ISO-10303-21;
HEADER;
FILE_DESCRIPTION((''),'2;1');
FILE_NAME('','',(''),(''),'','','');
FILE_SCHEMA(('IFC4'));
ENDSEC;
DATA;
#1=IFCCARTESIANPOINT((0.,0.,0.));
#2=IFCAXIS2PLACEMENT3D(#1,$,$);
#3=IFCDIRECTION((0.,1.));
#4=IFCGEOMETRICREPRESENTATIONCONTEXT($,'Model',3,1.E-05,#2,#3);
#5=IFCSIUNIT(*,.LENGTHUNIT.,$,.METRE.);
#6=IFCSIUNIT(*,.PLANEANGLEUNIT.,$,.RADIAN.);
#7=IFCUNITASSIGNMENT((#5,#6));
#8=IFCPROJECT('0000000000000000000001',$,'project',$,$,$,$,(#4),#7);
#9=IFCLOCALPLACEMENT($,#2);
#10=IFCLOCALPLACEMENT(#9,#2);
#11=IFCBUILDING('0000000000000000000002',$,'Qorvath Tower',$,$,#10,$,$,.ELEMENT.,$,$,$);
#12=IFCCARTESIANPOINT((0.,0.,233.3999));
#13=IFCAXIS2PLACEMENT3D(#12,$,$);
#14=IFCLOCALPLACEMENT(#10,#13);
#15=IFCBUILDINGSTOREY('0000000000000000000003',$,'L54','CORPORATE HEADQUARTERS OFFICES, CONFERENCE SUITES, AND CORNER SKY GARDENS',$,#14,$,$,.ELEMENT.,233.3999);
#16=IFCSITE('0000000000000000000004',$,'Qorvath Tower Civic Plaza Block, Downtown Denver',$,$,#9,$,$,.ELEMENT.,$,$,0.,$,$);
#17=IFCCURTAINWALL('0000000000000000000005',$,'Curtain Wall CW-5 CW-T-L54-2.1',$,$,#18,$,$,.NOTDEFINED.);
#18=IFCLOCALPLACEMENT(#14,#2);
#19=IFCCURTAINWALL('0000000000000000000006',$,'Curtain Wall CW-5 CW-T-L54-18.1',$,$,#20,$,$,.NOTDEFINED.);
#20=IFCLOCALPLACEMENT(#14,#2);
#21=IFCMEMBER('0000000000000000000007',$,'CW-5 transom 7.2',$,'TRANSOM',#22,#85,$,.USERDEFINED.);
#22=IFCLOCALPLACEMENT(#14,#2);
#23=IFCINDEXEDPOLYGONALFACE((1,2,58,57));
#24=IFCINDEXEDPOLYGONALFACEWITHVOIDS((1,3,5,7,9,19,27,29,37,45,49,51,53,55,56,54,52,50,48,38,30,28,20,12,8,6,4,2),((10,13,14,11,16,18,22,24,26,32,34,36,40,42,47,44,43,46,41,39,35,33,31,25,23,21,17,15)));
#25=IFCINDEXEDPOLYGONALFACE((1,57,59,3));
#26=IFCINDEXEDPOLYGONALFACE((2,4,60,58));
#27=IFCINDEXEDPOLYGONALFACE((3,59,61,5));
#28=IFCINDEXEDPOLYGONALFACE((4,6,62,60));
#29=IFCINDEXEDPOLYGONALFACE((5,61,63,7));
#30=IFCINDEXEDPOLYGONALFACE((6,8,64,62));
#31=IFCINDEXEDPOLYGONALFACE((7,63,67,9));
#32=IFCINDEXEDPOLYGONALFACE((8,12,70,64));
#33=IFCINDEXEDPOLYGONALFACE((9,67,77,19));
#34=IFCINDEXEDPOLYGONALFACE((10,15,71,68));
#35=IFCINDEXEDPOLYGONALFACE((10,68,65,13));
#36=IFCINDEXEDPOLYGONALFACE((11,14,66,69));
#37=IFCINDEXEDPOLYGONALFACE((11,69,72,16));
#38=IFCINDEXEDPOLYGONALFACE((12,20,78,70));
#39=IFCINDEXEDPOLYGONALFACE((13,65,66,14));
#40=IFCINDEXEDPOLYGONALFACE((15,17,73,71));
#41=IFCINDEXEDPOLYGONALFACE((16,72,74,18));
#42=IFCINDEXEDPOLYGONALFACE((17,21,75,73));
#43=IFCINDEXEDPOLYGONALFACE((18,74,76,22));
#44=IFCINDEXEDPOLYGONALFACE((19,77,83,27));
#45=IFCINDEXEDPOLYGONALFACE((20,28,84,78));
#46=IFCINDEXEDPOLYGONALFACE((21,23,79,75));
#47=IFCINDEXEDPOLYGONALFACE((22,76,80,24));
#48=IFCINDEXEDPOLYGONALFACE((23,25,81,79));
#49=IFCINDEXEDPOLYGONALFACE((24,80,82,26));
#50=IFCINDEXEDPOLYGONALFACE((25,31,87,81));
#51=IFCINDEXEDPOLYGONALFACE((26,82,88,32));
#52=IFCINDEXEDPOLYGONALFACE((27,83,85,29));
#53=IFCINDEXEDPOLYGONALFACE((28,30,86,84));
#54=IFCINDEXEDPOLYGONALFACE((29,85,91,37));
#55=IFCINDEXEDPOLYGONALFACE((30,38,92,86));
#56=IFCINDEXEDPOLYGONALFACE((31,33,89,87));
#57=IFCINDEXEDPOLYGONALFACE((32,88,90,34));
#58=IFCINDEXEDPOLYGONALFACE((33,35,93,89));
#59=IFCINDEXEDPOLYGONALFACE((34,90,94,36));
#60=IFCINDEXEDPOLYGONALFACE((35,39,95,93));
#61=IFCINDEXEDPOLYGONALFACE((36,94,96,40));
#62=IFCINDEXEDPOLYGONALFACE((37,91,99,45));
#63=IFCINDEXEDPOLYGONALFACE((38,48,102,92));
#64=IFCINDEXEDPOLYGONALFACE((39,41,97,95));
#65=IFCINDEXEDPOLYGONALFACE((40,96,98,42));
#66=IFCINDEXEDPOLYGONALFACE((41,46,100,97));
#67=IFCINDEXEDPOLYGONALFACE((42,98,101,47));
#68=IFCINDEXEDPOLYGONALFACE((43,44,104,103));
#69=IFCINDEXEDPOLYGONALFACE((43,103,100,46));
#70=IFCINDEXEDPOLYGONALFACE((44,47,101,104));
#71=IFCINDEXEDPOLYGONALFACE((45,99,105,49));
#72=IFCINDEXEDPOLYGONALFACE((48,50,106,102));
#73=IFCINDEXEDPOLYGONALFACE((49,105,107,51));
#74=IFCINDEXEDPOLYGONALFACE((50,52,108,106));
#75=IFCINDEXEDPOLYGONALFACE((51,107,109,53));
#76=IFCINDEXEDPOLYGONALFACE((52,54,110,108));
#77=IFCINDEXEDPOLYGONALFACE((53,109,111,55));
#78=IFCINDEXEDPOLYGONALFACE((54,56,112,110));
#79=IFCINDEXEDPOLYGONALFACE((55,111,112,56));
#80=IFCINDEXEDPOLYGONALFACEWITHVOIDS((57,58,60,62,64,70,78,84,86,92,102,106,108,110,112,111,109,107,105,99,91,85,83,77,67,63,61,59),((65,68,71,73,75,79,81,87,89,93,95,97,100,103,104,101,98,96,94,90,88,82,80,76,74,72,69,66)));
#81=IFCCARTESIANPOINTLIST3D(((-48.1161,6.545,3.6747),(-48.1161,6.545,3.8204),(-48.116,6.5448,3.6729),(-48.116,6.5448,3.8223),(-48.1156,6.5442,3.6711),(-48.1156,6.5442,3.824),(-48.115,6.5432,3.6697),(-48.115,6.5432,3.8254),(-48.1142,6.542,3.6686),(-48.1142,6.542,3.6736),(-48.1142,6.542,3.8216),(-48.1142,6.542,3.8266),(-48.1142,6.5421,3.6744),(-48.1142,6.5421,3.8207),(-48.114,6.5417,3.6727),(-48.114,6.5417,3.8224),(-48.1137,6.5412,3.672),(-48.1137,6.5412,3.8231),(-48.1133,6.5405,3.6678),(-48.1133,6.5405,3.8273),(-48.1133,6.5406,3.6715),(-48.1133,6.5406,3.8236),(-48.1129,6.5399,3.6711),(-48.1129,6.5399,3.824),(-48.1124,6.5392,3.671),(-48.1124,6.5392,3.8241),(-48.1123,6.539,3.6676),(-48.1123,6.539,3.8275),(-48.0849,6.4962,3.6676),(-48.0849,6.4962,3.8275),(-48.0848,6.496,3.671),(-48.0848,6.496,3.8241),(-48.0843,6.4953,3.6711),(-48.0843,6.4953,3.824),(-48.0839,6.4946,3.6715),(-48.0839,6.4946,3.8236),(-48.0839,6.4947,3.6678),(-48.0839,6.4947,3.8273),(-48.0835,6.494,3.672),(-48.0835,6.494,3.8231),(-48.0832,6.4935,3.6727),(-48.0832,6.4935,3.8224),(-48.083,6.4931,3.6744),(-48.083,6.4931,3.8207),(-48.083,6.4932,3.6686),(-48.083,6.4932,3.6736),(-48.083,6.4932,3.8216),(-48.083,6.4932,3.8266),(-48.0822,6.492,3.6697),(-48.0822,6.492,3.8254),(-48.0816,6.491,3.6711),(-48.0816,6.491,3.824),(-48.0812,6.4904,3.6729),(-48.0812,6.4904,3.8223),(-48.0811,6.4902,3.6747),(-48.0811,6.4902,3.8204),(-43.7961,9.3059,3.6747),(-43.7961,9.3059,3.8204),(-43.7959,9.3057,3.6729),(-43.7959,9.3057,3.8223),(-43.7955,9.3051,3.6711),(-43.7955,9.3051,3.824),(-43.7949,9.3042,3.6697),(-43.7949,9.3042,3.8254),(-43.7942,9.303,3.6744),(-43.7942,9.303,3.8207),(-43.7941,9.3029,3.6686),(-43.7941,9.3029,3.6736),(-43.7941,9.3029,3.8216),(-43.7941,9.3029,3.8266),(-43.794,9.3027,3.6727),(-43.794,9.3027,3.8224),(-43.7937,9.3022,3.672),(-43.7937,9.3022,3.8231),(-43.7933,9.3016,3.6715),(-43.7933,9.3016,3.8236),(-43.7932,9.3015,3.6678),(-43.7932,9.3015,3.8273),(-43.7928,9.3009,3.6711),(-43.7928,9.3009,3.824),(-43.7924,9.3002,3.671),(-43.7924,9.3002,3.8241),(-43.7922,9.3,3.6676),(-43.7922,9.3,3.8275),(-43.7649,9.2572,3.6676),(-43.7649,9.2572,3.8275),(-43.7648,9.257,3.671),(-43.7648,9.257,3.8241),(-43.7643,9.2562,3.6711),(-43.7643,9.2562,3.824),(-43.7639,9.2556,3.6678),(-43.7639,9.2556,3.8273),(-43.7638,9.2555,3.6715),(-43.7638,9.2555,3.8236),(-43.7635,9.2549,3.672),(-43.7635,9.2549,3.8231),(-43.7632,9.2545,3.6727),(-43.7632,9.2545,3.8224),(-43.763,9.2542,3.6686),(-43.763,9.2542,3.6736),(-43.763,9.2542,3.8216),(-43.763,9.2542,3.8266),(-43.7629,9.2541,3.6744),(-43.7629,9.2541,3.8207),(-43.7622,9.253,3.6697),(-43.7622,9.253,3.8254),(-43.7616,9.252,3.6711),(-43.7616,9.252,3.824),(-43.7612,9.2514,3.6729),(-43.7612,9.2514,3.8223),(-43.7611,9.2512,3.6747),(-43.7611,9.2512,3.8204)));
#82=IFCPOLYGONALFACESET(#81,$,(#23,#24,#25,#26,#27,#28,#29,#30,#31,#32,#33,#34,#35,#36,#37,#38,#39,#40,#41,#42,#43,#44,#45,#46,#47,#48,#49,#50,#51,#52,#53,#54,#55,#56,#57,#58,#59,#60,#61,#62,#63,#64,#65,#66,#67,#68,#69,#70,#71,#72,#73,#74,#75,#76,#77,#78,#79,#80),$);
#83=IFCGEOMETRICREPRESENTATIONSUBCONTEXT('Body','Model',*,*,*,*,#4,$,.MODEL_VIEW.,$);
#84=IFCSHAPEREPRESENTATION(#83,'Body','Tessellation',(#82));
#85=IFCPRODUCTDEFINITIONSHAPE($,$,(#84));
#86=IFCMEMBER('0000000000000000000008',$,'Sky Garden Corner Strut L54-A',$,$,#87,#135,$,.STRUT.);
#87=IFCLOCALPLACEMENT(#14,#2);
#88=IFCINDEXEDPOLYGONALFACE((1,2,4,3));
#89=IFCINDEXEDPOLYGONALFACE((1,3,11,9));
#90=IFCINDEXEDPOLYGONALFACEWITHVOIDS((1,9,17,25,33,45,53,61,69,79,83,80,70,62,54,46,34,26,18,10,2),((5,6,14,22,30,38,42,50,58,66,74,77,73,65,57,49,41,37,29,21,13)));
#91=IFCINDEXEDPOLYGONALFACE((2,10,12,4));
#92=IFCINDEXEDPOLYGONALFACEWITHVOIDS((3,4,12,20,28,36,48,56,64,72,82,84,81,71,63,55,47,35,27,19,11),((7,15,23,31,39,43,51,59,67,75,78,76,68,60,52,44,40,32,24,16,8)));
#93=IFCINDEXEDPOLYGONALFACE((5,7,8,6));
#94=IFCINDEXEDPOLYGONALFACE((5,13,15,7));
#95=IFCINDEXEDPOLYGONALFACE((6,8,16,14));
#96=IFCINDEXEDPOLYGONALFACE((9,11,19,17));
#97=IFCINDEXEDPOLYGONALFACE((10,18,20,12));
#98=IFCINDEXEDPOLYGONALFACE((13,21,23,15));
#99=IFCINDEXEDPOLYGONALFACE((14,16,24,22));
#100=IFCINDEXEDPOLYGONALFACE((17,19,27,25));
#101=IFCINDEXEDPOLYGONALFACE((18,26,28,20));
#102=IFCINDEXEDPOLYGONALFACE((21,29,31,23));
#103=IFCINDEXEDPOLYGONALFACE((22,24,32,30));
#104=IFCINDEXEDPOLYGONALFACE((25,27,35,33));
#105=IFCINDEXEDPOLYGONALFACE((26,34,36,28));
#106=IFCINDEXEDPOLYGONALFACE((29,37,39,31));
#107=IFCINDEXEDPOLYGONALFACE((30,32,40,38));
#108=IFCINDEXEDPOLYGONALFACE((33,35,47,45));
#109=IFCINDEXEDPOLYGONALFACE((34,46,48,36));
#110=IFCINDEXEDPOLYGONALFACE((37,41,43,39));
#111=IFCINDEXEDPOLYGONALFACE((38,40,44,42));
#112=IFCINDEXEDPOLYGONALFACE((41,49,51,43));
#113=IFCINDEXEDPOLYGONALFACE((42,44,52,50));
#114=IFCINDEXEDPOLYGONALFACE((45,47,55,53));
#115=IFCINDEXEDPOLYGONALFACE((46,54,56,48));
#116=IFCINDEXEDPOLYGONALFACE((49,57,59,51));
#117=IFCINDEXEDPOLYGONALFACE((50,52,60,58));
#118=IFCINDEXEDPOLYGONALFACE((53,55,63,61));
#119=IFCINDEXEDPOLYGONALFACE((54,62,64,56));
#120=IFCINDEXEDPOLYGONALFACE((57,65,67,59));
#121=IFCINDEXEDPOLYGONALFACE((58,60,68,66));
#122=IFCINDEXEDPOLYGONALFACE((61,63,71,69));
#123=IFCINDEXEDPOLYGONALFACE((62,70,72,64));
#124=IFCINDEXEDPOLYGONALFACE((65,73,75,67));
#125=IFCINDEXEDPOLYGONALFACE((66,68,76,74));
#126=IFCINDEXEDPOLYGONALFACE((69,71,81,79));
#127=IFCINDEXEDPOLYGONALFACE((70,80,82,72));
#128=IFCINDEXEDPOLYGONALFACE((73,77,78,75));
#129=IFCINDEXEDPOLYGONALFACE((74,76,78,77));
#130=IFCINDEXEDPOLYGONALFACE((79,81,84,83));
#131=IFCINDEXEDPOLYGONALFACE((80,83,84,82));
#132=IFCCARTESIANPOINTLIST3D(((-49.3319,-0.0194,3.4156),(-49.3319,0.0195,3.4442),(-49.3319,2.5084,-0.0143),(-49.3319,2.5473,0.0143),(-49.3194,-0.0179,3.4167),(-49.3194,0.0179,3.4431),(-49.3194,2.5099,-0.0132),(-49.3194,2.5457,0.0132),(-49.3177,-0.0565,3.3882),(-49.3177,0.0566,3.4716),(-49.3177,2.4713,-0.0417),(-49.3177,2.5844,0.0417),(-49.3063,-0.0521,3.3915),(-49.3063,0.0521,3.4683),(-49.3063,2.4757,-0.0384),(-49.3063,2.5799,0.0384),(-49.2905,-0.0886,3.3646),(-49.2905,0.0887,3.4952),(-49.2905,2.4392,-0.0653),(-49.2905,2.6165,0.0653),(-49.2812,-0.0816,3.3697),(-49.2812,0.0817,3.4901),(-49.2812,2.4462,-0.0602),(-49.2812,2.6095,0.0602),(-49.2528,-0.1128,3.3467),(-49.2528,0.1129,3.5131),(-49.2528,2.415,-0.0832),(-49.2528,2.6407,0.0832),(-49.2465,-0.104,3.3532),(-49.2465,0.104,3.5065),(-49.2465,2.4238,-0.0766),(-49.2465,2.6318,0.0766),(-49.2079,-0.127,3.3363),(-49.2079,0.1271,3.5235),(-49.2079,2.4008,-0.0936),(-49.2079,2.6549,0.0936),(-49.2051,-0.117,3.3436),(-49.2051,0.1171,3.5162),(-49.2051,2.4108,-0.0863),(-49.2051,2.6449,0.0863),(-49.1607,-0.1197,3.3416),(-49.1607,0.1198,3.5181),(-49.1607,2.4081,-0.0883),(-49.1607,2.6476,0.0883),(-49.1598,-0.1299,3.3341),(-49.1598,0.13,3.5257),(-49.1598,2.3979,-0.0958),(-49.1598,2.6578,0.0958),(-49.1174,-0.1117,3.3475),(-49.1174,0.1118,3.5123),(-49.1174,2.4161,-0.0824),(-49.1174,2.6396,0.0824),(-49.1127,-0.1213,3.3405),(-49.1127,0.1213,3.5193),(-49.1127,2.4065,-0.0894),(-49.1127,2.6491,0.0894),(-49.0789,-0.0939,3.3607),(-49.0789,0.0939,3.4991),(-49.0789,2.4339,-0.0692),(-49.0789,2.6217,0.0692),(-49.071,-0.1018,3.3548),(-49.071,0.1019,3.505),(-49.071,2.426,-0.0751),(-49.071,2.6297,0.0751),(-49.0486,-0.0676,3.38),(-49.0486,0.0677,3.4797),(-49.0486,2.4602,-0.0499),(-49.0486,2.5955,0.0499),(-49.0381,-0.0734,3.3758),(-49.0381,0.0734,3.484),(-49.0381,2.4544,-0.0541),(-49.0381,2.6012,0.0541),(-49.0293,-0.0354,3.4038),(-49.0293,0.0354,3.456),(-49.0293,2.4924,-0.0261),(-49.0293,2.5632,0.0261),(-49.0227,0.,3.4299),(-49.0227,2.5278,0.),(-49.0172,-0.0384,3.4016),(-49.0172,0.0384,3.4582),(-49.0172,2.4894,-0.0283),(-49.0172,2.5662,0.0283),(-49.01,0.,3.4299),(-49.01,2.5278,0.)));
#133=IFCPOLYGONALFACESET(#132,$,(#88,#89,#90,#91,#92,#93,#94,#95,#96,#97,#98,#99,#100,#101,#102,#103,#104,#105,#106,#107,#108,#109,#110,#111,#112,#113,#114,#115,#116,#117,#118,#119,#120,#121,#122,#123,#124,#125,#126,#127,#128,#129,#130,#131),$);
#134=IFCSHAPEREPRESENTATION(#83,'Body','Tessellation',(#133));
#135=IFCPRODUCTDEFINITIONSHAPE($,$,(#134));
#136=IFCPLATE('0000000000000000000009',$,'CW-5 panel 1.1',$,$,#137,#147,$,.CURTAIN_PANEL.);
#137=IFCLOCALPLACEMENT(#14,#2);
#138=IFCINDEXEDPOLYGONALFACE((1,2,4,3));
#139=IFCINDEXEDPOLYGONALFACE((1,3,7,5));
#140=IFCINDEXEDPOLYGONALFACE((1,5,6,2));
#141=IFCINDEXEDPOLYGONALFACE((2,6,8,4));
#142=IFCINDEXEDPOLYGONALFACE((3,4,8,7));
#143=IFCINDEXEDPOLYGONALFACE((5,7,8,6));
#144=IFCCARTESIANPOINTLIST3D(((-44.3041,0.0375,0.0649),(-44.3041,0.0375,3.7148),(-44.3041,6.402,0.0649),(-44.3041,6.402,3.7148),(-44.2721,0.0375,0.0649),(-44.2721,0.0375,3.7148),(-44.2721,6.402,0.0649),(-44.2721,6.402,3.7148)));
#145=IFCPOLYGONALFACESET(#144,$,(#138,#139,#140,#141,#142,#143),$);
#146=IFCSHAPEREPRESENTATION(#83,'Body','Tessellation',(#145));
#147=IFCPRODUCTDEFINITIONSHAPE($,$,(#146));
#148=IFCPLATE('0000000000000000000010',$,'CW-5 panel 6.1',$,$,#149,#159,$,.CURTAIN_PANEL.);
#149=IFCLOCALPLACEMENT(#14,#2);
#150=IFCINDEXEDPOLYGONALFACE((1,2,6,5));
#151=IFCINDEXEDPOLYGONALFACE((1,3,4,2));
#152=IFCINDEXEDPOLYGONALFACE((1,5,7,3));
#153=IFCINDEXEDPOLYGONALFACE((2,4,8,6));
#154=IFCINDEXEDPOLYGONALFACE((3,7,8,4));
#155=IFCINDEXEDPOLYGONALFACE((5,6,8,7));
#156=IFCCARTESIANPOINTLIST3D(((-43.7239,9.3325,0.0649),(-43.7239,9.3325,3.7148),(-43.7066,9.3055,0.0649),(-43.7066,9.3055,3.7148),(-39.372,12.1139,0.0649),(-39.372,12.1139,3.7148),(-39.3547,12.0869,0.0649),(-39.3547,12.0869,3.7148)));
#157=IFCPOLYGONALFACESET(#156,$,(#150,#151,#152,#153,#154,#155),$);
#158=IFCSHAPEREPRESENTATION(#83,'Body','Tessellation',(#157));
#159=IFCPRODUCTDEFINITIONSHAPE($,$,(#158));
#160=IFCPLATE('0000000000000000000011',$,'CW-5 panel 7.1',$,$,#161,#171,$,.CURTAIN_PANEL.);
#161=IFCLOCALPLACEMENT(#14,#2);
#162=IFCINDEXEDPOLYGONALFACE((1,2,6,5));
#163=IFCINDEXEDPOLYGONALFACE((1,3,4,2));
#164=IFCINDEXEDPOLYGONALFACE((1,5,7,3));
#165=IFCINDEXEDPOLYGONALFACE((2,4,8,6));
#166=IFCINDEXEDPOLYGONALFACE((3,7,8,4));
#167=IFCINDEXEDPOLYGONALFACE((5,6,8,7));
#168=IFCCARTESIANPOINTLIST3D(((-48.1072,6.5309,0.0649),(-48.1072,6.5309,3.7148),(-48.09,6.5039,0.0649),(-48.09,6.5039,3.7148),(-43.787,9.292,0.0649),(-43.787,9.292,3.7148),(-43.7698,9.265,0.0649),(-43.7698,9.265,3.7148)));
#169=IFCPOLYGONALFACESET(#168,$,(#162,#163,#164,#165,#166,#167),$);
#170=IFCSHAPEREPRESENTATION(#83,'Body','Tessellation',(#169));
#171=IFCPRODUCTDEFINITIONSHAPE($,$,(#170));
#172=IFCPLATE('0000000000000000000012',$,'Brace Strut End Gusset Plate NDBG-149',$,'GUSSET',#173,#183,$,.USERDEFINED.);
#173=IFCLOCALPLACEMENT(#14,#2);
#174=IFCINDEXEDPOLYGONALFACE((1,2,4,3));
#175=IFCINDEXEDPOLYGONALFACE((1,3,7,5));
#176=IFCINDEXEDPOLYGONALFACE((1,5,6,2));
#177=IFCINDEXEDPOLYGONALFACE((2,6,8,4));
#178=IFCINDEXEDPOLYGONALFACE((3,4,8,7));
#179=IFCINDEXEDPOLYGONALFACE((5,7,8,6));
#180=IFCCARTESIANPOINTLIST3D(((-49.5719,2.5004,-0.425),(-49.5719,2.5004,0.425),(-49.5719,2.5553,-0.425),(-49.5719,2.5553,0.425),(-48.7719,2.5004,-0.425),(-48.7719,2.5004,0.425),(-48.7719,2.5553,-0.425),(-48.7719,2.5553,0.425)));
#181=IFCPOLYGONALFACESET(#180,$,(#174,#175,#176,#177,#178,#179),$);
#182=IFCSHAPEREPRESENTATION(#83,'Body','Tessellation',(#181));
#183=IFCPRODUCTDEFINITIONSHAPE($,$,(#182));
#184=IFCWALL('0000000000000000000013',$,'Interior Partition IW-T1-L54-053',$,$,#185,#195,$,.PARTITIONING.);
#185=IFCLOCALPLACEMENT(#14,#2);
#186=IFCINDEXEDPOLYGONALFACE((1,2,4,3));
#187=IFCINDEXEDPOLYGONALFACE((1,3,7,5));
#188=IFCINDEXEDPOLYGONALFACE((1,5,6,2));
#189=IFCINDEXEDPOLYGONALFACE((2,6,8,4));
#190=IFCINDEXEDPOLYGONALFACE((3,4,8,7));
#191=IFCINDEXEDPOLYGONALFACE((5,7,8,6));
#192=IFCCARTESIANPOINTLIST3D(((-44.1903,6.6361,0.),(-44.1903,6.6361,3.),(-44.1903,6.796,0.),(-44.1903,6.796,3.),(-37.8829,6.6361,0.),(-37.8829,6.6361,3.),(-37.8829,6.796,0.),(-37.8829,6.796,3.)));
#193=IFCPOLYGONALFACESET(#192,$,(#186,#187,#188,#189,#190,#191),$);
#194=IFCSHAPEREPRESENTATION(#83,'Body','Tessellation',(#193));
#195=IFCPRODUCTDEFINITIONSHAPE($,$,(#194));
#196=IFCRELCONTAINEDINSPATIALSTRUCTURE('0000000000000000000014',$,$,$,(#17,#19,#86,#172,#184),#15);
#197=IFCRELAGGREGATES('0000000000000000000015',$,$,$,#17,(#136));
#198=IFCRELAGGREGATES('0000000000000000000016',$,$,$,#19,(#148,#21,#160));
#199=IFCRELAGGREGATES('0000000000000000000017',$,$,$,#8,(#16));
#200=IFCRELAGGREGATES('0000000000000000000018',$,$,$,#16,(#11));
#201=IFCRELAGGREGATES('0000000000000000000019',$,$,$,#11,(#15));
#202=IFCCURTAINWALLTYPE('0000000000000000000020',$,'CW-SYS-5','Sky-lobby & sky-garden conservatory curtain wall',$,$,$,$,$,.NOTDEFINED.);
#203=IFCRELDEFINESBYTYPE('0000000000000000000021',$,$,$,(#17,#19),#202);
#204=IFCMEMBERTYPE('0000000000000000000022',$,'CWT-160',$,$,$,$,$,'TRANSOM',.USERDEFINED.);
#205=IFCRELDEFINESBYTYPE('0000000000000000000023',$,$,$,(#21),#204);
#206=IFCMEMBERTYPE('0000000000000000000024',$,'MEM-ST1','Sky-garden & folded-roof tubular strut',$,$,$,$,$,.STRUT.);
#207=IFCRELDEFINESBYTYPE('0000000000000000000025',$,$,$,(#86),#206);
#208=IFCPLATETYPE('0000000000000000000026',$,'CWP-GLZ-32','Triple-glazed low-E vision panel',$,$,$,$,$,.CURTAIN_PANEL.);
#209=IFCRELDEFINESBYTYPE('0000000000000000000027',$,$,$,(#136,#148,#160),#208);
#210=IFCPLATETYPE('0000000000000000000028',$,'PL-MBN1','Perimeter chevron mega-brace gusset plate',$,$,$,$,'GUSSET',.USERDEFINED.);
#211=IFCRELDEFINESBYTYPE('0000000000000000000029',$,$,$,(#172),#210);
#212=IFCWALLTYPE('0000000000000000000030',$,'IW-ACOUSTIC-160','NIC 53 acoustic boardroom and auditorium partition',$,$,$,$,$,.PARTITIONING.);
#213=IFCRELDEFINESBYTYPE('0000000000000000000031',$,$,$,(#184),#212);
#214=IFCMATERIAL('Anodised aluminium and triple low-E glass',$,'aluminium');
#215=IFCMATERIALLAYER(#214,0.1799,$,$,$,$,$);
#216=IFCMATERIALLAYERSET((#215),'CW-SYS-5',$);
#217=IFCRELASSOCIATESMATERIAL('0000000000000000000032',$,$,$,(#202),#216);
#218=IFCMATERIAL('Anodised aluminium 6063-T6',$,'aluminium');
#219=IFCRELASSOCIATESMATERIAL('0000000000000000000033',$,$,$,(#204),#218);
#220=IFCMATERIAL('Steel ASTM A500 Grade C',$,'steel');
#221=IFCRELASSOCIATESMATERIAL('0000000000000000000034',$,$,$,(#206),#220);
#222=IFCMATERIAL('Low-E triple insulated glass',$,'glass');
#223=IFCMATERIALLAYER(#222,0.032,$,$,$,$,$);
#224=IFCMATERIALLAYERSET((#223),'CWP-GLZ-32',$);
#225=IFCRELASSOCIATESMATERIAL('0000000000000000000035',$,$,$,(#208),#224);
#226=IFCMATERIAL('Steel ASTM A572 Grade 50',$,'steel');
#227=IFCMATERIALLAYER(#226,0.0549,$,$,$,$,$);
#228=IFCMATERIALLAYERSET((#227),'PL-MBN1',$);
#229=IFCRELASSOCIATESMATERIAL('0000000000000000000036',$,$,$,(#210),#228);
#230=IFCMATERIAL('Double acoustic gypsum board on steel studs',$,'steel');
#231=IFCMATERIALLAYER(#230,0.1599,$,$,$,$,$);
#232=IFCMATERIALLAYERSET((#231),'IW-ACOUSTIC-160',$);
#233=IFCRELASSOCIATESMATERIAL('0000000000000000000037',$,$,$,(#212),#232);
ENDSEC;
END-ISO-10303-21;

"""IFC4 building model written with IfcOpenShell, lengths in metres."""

from ifc_helpers import new_model, si_unit, direction, frame, frame_2d, origin, origin_2d, place, context, subcontext, project, spatial, rectangle, hollow_rectangle, hollow_circle, extrude, material, layer, layer_set, material_profile, profile_set, type_object, element, aggregate, save


model = new_model("IFC4")

# Units and contexts
model_context = context("Model", 3, precision=1e-05, world=origin(), true_north=direction((0.0, 1.0)))
body_context = subcontext(model_context, "Body", "Model", "MODEL_VIEW")
ifc_project = project(units=[si_unit("LENGTHUNIT", "METRE"), si_unit("PLANEANGLEUNIT", "RADIAN")], contexts=[model_context])

# Site, building, storey
site_placement = place(None, origin())
site = spatial("IfcSite", under=ifc_project, at=site_placement, Name="Qorvath Tower Civic Plaza Block, Downtown Denver", CompositionType="ELEMENT", RefElevation=0.0)
building_placement = place(site_placement, origin())
building = spatial("IfcBuilding", under=site, at=building_placement, Name="Qorvath Tower", CompositionType="ELEMENT")
storey_placement = place(building_placement, frame((0.0, 0.0, 233.3999)))
storey = spatial("IfcBuildingStorey", under=building, at=storey_placement, Name="L54", Description="CORPORATE HEADQUARTERS OFFICES, CONFERENCE SUITES, AND CORNER SKY GARDENS", CompositionType="ELEMENT", Elevation=233.3999)

# Curtain walls
ifc_material_1 = material(Name="Anodised aluminium and triple low-E glass", Category="aluminium")
ifc_layer_1 = layer(ifc_material_1, 0.1799)
ifc_layer_set_1 = layer_set([ifc_layer_1], Name="CW-SYS-5")
curtain_wall_type = type_object("IfcCurtainWallType", Name="CW-SYS-5", Description="Sky-lobby & sky-garden conservatory curtain wall", PredefinedType="NOTDEFINED", material=ifc_layer_set_1)
curtain_wall_1_placement = place(storey_placement, origin())
curtain_wall_1 = element("IfcCurtainWall", 1, at=curtain_wall_1_placement, inside=storey, type_object=curtain_wall_type, Name="Curtain Wall CW-5 CW-T-L54-2.1", PredefinedType="NOTDEFINED")
curtain_wall_2_placement = place(storey_placement, origin())
curtain_wall_2 = element("IfcCurtainWall", 2, at=curtain_wall_2_placement, inside=storey, type_object=curtain_wall_type, Name="Curtain Wall CW-5 CW-T-L54-18.1", PredefinedType="NOTDEFINED")

# Members
ifc_material_2 = material(Name="Anodised aluminium 6063-T6", Category="aluminium")
ifc_material_profile_1 = material_profile(ifc_material_2, hollow_rectangle(XDim=0.0649, YDim=0.1599, WallThickness=0.0034, InnerFilletRadius=0.0034, OuterFilletRadius=0.0071, at=origin_2d()), Name="CWT 160x65")
ifc_profile_set_1 = profile_set([ifc_material_profile_1], Name="Anodised aluminium 6063-T6")
member_type_1 = type_object("IfcMemberType", Name="CWT-160", ElementType="TRANSOM", PredefinedType="USERDEFINED", material=ifc_profile_set_1)
member_1_placement = place(storey_placement, frame((-43.7786, 9.2786, 3.7476), z_axis=(-0.842613, -0.53852, 0.0), x_axis=(0.53852, -0.842613, 0.0)))
member_1 = element("IfcMember", 3, at=member_1_placement, type_object=member_type_1, Name="CW-5 transom 7.2", ObjectType="TRANSOM", PredefinedType="USERDEFINED", context=body_context, shape_type="SweptSolid", body=[
    extrude(hollow_rectangle(XDim=0.0649, YDim=0.1599, WallThickness=0.0034, InnerFilletRadius=0.0034, OuterFilletRadius=0.0071, at=origin_2d()), origin(), (0.0, 0.0, 1.0), 5.127),
])
ifc_material_3 = material(Name="Steel ASTM A500 Grade C", Category="steel")
ifc_material_profile_2 = material_profile(ifc_material_3, hollow_circle(Radius=0.1619, WallThickness=0.0127, at=origin_2d()), Name="CHS 324x12.7")
ifc_profile_set_2 = profile_set([ifc_material_profile_2], Name="Steel ASTM A500 Grade C")
member_type_2 = type_object("IfcMemberType", Name="MEM-ST1", Description="Sky-garden & folded-roof tubular strut", PredefinedType="STRUT", material=ifc_profile_set_2)
member_2_placement = place(storey_placement, frame((-49.1719, 2.5278, 0.0), z_axis=(0.0, -0.593277, 0.804998), x_axis=(1.0, 0.0, 0.0)))
element("IfcMember", 4, at=member_2_placement, inside=storey, type_object=member_type_2, Name="Sky Garden Corner Strut L54-A", PredefinedType="STRUT", context=body_context, shape_type="SweptSolid", body=[
    extrude(hollow_circle(Radius=0.1619, WallThickness=0.0127, at=origin_2d()), origin(), (0.0, 0.0, 1.0), 4.2607),
])

# Plates
ifc_material_4 = material(Name="Low-E triple insulated glass", Category="glass")
ifc_layer_2 = layer(ifc_material_4, 0.032)
ifc_layer_set_2 = layer_set([ifc_layer_2], Name="CWP-GLZ-32")
plate_type_1 = type_object("IfcPlateType", Name="CWP-GLZ-32", Description="Triple-glazed low-E vision panel", PredefinedType="CURTAIN_PANEL", material=ifc_layer_set_2)
plate_1_placement = place(storey_placement, frame((-44.2881, 3.2197, 0.0649), z_axis=(0.0, 0.0, 1.0), x_axis=(0.0, -1.0, 0.0)))
plate_1 = element("IfcPlate", 5, at=plate_1_placement, type_object=plate_type_1, Name="CW-5 panel 1.1", PredefinedType="CURTAIN_PANEL", context=body_context, shape_type="SweptSolid", body=[
    extrude(rectangle(XDim=6.3645, YDim=0.032, at=origin_2d()), origin(), (0.0, 0.0, 1.0), 3.6499),
])
aggregate(curtain_wall_1, [plate_1])
plate_2_placement = place(storey_placement, frame((-41.5393, 10.7097, 0.0649), z_axis=(0.0, 0.0, 1.0), x_axis=(-0.842607, -0.538528, 0.0)))
plate_2 = element("IfcPlate", 6, at=plate_2_placement, type_object=plate_type_1, Name="CW-5 panel 6.1", PredefinedType="CURTAIN_PANEL", context=body_context, shape_type="SweptSolid", body=[
    extrude(rectangle(XDim=5.1648, YDim=0.032, at=origin_2d()), origin(), (0.0, 0.0, 1.0), 3.6499),
])
plate_3_placement = place(storey_placement, frame((-45.9385, 7.8979, 0.0649), z_axis=(0.0, 0.0, 1.0), x_axis=(-0.842607, -0.538528, 0.0)))
plate_3 = element("IfcPlate", 7, at=plate_3_placement, type_object=plate_type_1, Name="CW-5 panel 7.1", PredefinedType="CURTAIN_PANEL", context=body_context, shape_type="SweptSolid", body=[
    extrude(rectangle(XDim=5.1272, YDim=0.032, at=origin_2d()), origin(), (0.0, 0.0, 1.0), 3.6499),
])
aggregate(curtain_wall_2, [plate_2, member_1, plate_3])
ifc_material_5 = material(Name="Steel ASTM A572 Grade 50", Category="steel")
ifc_layer_3 = layer(ifc_material_5, 0.0549)
ifc_layer_set_3 = layer_set([ifc_layer_3], Name="PL-MBN1")
plate_type_2 = type_object("IfcPlateType", Name="PL-MBN1", Description="Perimeter chevron mega-brace gusset plate", ElementType="GUSSET", PredefinedType="USERDEFINED", material=ifc_layer_set_3)
plate_4_placement = place(storey_placement, frame((-49.1719, 2.5278, -0.425), z_axis=(0.0, 0.0, 1.0), x_axis=(1.0, 0.0, 0.0)))
element("IfcPlate", 8, at=plate_4_placement, inside=storey, type_object=plate_type_2, Name="Brace Strut End Gusset Plate NDBG-149", ObjectType="GUSSET", PredefinedType="USERDEFINED", context=body_context, shape_type="SweptSolid", body=[
    extrude(rectangle(XDim=0.8, YDim=0.0549, at=origin_2d()), origin(), (0.0, 0.0, 1.0), 0.8501),
])

# Shared definitions
ifc_material_6 = material(Name="Double acoustic gypsum board on steel studs", Category="steel")
ifc_layer_4 = layer(ifc_material_6, 0.1599)
ifc_layer_set_4 = layer_set([ifc_layer_4], Name="IW-ACOUSTIC-160")
wall_type_1 = type_object("IfcWallType", Name="IW-ACOUSTIC-160", Description="NIC 53 acoustic boardroom and auditorium partition", PredefinedType="PARTITIONING", material=ifc_layer_set_4)

# Wall
wall_1_placement = place(storey_placement, frame((-37.8828, 6.7161, 0.0), z_axis=(0.0, 0.0, 1.0), x_axis=(-1.0, 0.0, 0.0)))
element("IfcWall", 9, at=wall_1_placement, inside=storey, type_object=wall_type_1, Name="Interior Partition IW-T1-L54-053", PredefinedType="PARTITIONING", context=body_context, shape_type="SweptSolid", body=[
    extrude(rectangle(XDim=6.3074, YDim=0.1599, at=frame_2d((3.1538, 0.0))), origin(), (0.0, 0.0, 1.0), 3.0),
])

save(model, "model.ifc")
